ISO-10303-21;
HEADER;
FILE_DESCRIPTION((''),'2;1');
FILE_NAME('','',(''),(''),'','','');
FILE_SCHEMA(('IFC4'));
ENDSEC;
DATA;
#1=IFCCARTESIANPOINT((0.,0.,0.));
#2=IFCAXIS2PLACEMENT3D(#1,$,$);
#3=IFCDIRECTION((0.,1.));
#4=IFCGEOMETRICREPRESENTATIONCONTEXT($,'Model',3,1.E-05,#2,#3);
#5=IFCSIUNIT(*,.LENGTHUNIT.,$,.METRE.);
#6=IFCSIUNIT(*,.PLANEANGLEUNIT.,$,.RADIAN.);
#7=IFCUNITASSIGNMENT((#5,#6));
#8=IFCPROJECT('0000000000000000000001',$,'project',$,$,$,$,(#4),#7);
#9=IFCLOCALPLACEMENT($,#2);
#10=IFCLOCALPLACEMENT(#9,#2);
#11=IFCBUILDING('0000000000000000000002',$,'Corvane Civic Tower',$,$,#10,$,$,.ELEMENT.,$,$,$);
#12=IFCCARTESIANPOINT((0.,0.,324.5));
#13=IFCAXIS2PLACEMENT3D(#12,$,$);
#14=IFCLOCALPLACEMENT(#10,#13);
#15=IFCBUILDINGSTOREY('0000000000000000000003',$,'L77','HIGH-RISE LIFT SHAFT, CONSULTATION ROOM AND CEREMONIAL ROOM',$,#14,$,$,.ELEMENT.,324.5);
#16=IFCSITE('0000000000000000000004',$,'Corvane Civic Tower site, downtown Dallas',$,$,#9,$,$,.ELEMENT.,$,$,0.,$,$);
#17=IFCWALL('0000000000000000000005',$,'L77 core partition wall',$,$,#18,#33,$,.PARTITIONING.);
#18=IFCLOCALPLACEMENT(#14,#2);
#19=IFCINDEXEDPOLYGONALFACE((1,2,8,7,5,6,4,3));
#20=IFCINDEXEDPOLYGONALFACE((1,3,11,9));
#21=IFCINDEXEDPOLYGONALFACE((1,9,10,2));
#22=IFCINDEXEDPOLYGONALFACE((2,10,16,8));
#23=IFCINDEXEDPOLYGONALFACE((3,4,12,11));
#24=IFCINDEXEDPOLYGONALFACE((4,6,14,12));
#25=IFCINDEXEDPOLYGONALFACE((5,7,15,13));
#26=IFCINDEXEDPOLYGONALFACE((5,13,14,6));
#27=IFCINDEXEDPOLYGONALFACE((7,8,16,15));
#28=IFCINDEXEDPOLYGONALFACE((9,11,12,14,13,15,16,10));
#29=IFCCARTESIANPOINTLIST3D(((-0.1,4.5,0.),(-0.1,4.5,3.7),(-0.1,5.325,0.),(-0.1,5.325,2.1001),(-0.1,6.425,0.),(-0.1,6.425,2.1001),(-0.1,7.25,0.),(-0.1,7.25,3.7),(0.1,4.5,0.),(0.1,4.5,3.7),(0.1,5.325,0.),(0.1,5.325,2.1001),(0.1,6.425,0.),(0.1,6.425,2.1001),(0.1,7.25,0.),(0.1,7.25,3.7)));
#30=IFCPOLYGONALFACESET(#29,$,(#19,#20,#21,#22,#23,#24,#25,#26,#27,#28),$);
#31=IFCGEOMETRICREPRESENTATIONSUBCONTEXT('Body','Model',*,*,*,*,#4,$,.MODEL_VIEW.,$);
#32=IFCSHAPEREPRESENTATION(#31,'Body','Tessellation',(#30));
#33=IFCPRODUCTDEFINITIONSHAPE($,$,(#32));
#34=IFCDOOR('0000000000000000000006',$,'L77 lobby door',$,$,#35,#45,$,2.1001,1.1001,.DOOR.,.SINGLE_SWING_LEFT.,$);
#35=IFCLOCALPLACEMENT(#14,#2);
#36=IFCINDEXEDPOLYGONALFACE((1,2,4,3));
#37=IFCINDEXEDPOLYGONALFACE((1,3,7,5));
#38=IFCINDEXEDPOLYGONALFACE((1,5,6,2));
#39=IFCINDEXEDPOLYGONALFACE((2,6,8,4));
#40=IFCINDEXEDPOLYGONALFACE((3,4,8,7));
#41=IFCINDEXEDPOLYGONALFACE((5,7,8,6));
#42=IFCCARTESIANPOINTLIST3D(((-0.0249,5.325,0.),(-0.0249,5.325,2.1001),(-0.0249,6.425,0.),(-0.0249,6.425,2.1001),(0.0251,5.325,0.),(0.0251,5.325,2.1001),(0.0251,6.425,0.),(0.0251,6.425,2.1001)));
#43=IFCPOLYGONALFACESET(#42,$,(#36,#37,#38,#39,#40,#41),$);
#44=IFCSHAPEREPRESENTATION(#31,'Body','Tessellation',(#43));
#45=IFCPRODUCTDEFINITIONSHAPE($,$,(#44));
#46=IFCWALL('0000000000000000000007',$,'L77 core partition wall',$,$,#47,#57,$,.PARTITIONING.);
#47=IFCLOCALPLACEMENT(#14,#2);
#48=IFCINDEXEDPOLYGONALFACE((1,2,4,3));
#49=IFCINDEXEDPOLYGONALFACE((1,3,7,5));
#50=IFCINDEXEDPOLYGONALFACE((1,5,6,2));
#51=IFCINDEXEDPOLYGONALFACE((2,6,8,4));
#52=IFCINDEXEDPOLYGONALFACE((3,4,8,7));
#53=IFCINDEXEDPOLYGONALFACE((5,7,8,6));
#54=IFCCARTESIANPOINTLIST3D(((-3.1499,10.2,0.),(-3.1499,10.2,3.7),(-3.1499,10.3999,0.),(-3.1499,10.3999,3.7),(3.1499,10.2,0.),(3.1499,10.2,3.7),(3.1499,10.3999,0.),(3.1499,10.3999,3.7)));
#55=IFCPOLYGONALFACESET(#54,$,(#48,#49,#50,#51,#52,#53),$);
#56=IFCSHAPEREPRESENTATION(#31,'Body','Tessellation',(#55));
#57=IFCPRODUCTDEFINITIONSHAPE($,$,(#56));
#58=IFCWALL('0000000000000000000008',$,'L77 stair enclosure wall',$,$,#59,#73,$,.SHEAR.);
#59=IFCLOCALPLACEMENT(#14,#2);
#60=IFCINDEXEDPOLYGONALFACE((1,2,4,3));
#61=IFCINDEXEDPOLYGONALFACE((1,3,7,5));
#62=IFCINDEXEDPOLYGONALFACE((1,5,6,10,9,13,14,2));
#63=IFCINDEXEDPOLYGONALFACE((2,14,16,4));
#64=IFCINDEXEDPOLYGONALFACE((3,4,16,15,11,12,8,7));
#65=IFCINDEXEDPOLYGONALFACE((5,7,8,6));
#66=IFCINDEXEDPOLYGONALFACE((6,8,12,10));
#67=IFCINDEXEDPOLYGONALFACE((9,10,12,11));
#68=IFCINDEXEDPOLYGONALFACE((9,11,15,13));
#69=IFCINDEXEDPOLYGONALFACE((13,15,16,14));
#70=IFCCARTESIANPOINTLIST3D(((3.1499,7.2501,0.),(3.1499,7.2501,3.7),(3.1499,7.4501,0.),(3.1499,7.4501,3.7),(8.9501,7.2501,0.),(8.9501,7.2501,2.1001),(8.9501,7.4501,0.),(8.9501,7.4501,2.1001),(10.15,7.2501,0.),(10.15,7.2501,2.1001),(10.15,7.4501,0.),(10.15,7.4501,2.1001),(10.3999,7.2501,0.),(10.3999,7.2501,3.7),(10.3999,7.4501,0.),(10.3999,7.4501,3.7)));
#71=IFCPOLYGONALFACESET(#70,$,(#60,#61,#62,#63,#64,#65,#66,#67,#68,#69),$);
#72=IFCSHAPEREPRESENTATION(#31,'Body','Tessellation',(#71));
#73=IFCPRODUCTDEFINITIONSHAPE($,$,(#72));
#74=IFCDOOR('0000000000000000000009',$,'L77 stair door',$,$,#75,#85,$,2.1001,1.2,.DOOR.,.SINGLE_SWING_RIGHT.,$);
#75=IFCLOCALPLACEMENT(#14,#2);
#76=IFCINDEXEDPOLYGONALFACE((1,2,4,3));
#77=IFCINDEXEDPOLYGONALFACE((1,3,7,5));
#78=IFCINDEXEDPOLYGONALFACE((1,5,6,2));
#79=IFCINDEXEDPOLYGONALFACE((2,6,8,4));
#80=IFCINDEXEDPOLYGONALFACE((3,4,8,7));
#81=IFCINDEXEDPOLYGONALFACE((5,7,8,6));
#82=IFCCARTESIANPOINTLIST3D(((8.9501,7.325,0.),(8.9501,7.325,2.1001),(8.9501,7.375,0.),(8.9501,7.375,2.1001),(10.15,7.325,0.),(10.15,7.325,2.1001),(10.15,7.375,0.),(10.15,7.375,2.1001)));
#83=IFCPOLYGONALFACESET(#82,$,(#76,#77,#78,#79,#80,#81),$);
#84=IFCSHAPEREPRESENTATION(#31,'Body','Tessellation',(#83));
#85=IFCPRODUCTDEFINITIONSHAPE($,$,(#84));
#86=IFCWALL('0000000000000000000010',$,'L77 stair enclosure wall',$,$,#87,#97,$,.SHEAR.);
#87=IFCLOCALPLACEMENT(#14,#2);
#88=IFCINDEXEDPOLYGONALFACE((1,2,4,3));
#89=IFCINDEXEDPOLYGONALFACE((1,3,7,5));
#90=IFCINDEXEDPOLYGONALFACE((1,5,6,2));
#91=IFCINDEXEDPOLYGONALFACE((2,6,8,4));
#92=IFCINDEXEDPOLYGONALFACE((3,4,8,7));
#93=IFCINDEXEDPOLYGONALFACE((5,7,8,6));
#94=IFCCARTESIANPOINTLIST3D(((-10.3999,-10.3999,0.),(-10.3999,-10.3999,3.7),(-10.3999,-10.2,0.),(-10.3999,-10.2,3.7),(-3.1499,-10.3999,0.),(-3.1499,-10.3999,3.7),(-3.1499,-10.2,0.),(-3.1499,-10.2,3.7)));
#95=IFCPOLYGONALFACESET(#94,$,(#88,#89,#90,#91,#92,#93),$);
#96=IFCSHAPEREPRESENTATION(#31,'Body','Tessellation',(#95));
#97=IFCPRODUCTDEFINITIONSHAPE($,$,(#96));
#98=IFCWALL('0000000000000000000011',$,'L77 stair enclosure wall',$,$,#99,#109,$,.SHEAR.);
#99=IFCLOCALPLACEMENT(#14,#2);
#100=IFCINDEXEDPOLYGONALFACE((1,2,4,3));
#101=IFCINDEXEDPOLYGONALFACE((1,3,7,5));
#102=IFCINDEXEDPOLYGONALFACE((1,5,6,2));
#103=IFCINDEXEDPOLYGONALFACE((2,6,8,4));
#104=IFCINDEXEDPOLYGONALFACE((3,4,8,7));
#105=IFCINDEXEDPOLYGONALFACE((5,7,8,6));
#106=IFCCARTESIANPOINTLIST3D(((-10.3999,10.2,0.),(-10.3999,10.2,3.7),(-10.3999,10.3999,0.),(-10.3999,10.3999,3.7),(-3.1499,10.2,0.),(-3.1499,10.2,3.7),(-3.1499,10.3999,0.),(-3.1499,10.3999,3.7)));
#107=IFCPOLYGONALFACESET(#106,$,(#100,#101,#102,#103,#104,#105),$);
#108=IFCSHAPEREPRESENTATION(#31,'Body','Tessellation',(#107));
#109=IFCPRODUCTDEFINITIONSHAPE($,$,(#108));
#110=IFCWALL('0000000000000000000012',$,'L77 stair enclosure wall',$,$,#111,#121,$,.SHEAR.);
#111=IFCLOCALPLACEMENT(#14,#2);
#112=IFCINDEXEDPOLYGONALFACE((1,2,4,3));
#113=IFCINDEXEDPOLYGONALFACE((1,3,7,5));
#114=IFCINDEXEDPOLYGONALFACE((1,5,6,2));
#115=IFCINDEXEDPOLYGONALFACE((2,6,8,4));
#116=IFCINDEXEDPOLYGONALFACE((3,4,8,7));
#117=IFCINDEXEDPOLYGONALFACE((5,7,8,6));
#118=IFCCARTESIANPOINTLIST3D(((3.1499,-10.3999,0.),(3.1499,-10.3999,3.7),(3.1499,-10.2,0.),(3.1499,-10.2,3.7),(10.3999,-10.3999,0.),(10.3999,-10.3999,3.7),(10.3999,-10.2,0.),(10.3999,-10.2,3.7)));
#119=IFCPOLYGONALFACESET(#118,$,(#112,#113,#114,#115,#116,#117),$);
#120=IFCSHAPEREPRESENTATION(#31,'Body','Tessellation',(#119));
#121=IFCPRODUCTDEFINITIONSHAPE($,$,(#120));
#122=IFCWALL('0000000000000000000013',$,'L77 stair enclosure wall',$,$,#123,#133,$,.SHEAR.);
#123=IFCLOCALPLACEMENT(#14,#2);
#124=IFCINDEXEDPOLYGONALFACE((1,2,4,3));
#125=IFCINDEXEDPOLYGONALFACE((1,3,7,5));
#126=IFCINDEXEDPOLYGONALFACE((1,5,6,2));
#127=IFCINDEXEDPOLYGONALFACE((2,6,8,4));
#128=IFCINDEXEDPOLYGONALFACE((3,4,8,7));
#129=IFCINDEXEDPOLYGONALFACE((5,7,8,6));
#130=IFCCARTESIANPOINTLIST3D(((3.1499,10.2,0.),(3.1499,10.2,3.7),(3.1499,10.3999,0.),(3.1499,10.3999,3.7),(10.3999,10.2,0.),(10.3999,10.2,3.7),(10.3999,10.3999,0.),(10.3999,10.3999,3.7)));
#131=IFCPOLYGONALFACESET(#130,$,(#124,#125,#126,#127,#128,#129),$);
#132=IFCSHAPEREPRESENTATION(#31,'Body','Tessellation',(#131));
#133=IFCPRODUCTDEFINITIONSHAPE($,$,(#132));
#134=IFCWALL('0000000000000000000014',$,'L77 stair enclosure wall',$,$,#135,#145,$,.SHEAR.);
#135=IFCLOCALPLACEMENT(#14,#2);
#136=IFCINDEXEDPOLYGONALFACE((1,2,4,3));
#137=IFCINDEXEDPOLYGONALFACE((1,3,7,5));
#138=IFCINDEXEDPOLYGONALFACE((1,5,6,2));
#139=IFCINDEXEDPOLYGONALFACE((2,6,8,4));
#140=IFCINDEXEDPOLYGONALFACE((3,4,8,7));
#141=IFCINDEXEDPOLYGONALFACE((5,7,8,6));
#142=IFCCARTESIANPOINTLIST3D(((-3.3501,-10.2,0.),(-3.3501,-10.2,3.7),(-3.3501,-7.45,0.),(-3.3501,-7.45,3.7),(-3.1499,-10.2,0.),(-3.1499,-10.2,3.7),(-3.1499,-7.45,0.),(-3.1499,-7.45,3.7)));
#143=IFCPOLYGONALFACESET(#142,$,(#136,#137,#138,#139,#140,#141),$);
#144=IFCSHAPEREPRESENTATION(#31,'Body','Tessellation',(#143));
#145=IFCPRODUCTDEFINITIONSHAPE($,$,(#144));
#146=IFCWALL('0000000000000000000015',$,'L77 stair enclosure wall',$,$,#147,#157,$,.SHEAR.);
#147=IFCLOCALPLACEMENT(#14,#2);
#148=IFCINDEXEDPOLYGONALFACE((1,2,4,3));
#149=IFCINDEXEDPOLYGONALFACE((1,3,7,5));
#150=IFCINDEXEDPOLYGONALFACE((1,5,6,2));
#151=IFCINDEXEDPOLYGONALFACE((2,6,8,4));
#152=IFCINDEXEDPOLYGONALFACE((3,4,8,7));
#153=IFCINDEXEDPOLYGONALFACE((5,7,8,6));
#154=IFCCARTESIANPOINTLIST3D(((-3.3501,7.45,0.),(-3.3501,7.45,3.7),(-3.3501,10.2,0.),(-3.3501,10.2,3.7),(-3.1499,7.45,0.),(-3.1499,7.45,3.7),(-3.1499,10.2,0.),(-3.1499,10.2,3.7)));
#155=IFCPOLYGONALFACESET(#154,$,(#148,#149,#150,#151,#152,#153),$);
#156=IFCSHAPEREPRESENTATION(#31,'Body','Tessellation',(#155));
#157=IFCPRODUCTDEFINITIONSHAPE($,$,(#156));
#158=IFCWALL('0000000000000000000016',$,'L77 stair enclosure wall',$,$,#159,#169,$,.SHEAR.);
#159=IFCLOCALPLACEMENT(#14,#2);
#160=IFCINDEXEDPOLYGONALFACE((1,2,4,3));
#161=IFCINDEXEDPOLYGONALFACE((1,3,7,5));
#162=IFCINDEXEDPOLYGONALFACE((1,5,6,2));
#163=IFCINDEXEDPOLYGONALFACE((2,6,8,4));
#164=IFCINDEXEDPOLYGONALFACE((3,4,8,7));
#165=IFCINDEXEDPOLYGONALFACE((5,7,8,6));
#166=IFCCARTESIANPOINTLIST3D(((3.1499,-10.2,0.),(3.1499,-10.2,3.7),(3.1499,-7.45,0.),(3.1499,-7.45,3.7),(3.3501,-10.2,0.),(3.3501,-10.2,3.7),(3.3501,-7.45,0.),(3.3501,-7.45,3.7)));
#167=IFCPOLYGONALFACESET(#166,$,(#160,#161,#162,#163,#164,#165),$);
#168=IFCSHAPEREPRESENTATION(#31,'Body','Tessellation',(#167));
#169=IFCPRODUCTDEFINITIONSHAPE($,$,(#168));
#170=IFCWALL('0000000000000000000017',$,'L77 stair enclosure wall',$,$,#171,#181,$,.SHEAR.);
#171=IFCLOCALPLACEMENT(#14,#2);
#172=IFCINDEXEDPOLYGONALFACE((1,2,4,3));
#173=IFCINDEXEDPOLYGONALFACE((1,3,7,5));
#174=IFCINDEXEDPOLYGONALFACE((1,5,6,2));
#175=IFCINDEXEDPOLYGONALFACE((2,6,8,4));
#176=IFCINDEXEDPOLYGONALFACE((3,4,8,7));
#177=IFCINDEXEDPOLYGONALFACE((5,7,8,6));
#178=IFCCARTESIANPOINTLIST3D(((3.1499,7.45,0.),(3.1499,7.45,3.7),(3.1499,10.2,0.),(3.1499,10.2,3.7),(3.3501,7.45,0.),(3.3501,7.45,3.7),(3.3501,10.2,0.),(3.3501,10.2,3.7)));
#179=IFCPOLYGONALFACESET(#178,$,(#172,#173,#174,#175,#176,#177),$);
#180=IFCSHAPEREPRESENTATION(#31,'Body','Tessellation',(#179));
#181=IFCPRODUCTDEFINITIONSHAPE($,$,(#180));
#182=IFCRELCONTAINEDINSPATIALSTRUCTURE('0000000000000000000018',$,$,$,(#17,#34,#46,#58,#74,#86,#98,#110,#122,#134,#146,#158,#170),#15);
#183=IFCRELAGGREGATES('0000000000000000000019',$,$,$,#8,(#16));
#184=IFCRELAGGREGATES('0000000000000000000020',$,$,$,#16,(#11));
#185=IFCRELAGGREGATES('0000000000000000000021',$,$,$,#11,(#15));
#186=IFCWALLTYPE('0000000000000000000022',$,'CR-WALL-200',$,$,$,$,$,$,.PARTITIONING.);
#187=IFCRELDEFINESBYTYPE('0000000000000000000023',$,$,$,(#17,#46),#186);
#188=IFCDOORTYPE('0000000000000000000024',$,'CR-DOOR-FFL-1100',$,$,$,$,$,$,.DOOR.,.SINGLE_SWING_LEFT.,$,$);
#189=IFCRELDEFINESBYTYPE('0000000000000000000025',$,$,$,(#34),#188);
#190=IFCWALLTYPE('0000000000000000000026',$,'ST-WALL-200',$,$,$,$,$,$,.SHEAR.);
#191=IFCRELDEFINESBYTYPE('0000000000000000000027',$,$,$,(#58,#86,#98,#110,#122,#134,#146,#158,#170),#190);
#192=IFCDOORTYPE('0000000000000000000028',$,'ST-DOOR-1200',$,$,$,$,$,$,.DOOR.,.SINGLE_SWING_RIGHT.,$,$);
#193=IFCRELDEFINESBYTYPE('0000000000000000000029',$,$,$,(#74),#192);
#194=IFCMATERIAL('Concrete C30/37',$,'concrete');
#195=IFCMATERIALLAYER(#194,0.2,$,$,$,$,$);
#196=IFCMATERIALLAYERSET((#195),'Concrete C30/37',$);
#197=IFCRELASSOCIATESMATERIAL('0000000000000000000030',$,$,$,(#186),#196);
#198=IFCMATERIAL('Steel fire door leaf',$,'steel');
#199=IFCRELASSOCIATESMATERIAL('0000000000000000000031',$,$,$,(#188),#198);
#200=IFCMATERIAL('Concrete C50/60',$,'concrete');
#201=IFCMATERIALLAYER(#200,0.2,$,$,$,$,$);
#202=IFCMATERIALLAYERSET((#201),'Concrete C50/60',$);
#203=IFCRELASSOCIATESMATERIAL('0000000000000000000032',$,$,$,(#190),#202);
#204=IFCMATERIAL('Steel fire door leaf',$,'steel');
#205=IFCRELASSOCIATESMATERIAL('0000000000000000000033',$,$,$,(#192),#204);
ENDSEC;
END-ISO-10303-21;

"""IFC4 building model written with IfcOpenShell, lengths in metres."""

from ifc_helpers import new_model, si_unit, direction, frame, frame_2d, origin, place, context, subcontext, project, spatial, polyline, rectangle, outline, extrude, material, layer, layer_set, type_object, element, fill, save


model = new_model("IFC4")

# Units and contexts
model_context = context("Model", 3, precision=1e-05, world=origin(), true_north=direction((0.0, 1.0)))
body_context = subcontext(model_context, "Body", "Model", "MODEL_VIEW")
ifc_project = project(units=[si_unit("LENGTHUNIT", "METRE"), si_unit("PLANEANGLEUNIT", "RADIAN")], contexts=[model_context])

# Site, building, storey
site_placement = place(None, origin())
site = spatial("IfcSite", under=ifc_project, at=site_placement, Name="Corvane Civic Tower site, downtown Dallas", CompositionType="ELEMENT", RefElevation=0.0)
building_placement = place(site_placement, origin())
building = spatial("IfcBuilding", under=site, at=building_placement, Name="Corvane Civic Tower", CompositionType="ELEMENT")
storey_placement = place(building_placement, frame((0.0, 0.0, 324.5)))
storey = spatial("IfcBuildingStorey", under=building, at=storey_placement, Name="L77", Description="HIGH-RISE LIFT SHAFT, CONSULTATION ROOM AND CEREMONIAL ROOM", CompositionType="ELEMENT", Elevation=324.5)

# Wall, opening, door
ifc_material_1 = material(Name="Concrete C30/37", Category="concrete")
ifc_layer_1 = layer(ifc_material_1, 0.2)
ifc_layer_set_1 = layer_set([ifc_layer_1], Name="Concrete C30/37")
wall_type_1 = type_object("IfcWallType", Name="CR-WALL-200", PredefinedType="PARTITIONING", material=ifc_layer_set_1)
wall_1_placement = place(storey_placement, frame((0.0, 4.5, 0.0), z_axis=(0.0, 0.0, 1.0), x_axis=(0.0, 1.0, 0.0)))
wall_1 = element("IfcWall", 1, at=wall_1_placement, inside=storey, type_object=wall_type_1, Name="L77 core partition wall", PredefinedType="PARTITIONING", context=body_context, shape_type="SweptSolid", body=[
    extrude(rectangle(XDim=2.75, YDim=0.2, at=frame_2d((1.375, 0.0))), origin(), (0.0, 0.0, 1.0), 3.7),
])
opening_1_placement = place(wall_1_placement, frame((0.825, 0.0, 0.0)))
opening_1 = element("IfcOpeningElement", 2, at=opening_1_placement, cuts=wall_1, PredefinedType="OPENING", context=body_context, shape_type="SweptSolid", body=[
    extrude(rectangle(XDim=1.1001, YDim=2.1001, at=frame_2d((0.55, 1.05))), frame((0.0, 0.1099, 0.0), z_axis=(0.0, -1.0, 0.0), x_axis=(1.0, 0.0, 0.0)), (0.0, 0.0, 1.0), 0.22),
])
ifc_material_2 = material(Name="Steel fire door leaf", Category="steel")
door_type_1 = type_object("IfcDoorType", Name="CR-DOOR-FFL-1100", OperationType="SINGLE_SWING_LEFT", PredefinedType="DOOR", material=ifc_material_2)
door_1_placement = place(opening_1_placement, origin())
door_1 = element("IfcDoor", 3, at=door_1_placement, inside=storey, type_object=door_type_1, Name="L77 lobby door", OperationType="SINGLE_SWING_LEFT", OverallHeight=2.1001, OverallWidth=1.1001, PredefinedType="DOOR", context=body_context, shape_type="SweptSolid", body=[
    extrude(rectangle(XDim=1.1001, YDim=2.1001, at=frame_2d((0.55, 1.05))), frame((0.0, 0.0249, 0.0), z_axis=(0.0, -1.0, 0.0), x_axis=(1.0, 0.0, 0.0)), (0.0, 0.0, 1.0), 0.05),
])
fill(opening_1, door_1)

# Wall
wall_2_placement = place(storey_placement, origin())
element("IfcWall", 4, at=wall_2_placement, inside=storey, type_object=wall_type_1, Name="L77 core partition wall", PredefinedType="PARTITIONING", context=body_context, shape_type="SweptSolid", body=[
    extrude(outline(polyline([(3.1499, 10.2), (-3.1499, 10.2), (-3.1499, 10.3999), (3.1499, 10.3999), (3.1499, 10.2)])), origin(), (0.0, 0.0, 1.0), 3.7),
])

# Wall, opening, door
ifc_material_3 = material(Name="Concrete C50/60", Category="concrete")
ifc_layer_2 = layer(ifc_material_3, 0.2)
ifc_layer_set_2 = layer_set([ifc_layer_2], Name="Concrete C50/60")
wall_type_2 = type_object("IfcWallType", Name="ST-WALL-200", PredefinedType="SHEAR", material=ifc_layer_set_2)
wall_3_placement = place(storey_placement, frame((3.1499, 7.3501, 0.0), z_axis=(0.0, 0.0, 1.0), x_axis=(1.0, 0.0, 0.0)))
wall_3 = element("IfcWall", 5, at=wall_3_placement, inside=storey, type_object=wall_type_2, Name="L77 stair enclosure wall", PredefinedType="SHEAR", context=body_context, shape_type="SweptSolid", body=[
    extrude(rectangle(XDim=7.25, YDim=0.2, at=frame_2d((3.625, 0.0))), origin(), (0.0, 0.0, 1.0), 3.7),
])
opening_2_placement = place(wall_3_placement, frame((5.8, 0.0, 0.0)))
opening_2 = element("IfcOpeningElement", 6, at=opening_2_placement, cuts=wall_3, PredefinedType="OPENING", context=body_context, shape_type="SweptSolid", body=[
    extrude(rectangle(XDim=1.2, YDim=2.1001, at=frame_2d((0.6001, 1.05))), frame((0.0, 0.1099, 0.0), z_axis=(0.0, -1.0, 0.0), x_axis=(1.0, 0.0, 0.0)), (0.0, 0.0, 1.0), 0.22),
])
ifc_material_4 = material(Name="Steel fire door leaf", Category="steel")
door_type_2 = type_object("IfcDoorType", Name="ST-DOOR-1200", OperationType="SINGLE_SWING_RIGHT", PredefinedType="DOOR", material=ifc_material_4)
door_2_placement = place(opening_2_placement, origin())
door_2 = element("IfcDoor", 7, at=door_2_placement, inside=storey, type_object=door_type_2, Name="L77 stair door", OperationType="SINGLE_SWING_RIGHT", OverallHeight=2.1001, OverallWidth=1.2, PredefinedType="DOOR", context=body_context, shape_type="SweptSolid", body=[
    extrude(rectangle(XDim=1.2, YDim=2.1001, at=frame_2d((0.6001, 1.05))), frame((0.0, 0.0249, 0.0), z_axis=(0.0, -1.0, 0.0), x_axis=(1.0, 0.0, 0.0)), (0.0, 0.0, 1.0), 0.05),
])
fill(opening_2, door_2)

# Walls
wall_4_placement = place(storey_placement, origin())
element("IfcWall", 8, at=wall_4_placement, inside=storey, type_object=wall_type_2, Name="L77 stair enclosure wall", PredefinedType="SHEAR", context=body_context, shape_type="SweptSolid", body=[
    extrude(outline(polyline([(-3.1499, -10.2), (-3.1499, -10.3999), (-10.3999, -10.3999), (-10.3999, -10.2), (-3.1499, -10.2)])), origin(), (0.0, 0.0, 1.0), 3.7),
])
wall_5_placement = place(storey_placement, origin())
element("IfcWall", 9, at=wall_5_placement, inside=storey, type_object=wall_type_2, Name="L77 stair enclosure wall", PredefinedType="SHEAR", context=body_context, shape_type="SweptSolid", body=[
    extrude(outline(polyline([(-3.1499, 10.2), (-10.3999, 10.2), (-10.3999, 10.3999), (-3.1499, 10.3999), (-3.1499, 10.2)])), origin(), (0.0, 0.0, 1.0), 3.7),
])
wall_6_placement = place(storey_placement, origin())
element("IfcWall", 10, at=wall_6_placement, inside=storey, type_object=wall_type_2, Name="L77 stair enclosure wall", PredefinedType="SHEAR", context=body_context, shape_type="SweptSolid", body=[
    extrude(outline(polyline([(10.3999, -10.3999), (3.1499, -10.3999), (3.1499, -10.2), (10.3999, -10.2), (10.3999, -10.3999)])), origin(), (0.0, 0.0, 1.0), 3.7),
])
wall_7_placement = place(storey_placement, origin())
element("IfcWall", 11, at=wall_7_placement, inside=storey, type_object=wall_type_2, Name="L77 stair enclosure wall", PredefinedType="SHEAR", context=body_context, shape_type="SweptSolid", body=[
    extrude(outline(polyline([(10.3999, 10.2), (3.1499, 10.2), (3.1499, 10.3999), (10.3999, 10.3999), (10.3999, 10.2)])), origin(), (0.0, 0.0, 1.0), 3.7),
])
wall_8_placement = place(storey_placement, origin())
element("IfcWall", 12, at=wall_8_placement, inside=storey, type_object=wall_type_2, Name="L77 stair enclosure wall", PredefinedType="SHEAR", context=body_context, shape_type="SweptSolid", body=[
    extrude(outline(polyline([(-3.1499, -7.45), (-3.1499, -10.2), (-3.3501, -10.2), (-3.3501, -7.45), (-3.1499, -7.45)])), origin(), (0.0, 0.0, 1.0), 3.7),
])
wall_9_placement = place(storey_placement, origin())
element("IfcWall", 13, at=wall_9_placement, inside=storey, type_object=wall_type_2, Name="L77 stair enclosure wall", PredefinedType="SHEAR", context=body_context, shape_type="SweptSolid", body=[
    extrude(outline(polyline([(-3.1499, 7.45), (-3.3501, 7.45), (-3.3501, 10.2), (-3.1499, 10.2), (-3.1499, 7.45)])), origin(), (0.0, 0.0, 1.0), 3.7),
])
wall_10_placement = place(storey_placement, origin())
element("IfcWall", 14, at=wall_10_placement, inside=storey, type_object=wall_type_2, Name="L77 stair enclosure wall", PredefinedType="SHEAR", context=body_context, shape_type="SweptSolid", body=[
    extrude(outline(polyline([(3.3501, -7.45), (3.3501, -10.2), (3.1499, -10.2), (3.1499, -7.45), (3.3501, -7.45)])), origin(), (0.0, 0.0, 1.0), 3.7),
])
wall_11_placement = place(storey_placement, origin())
element("IfcWall", 15, at=wall_11_placement, inside=storey, type_object=wall_type_2, Name="L77 stair enclosure wall", PredefinedType="SHEAR", context=body_context, shape_type="SweptSolid", body=[
    extrude(outline(polyline([(3.3501, 7.45), (3.1499, 7.45), (3.1499, 10.2), (3.3501, 10.2), (3.3501, 7.45)])), origin(), (0.0, 0.0, 1.0), 3.7),
])

save(model, "model.ifc")
